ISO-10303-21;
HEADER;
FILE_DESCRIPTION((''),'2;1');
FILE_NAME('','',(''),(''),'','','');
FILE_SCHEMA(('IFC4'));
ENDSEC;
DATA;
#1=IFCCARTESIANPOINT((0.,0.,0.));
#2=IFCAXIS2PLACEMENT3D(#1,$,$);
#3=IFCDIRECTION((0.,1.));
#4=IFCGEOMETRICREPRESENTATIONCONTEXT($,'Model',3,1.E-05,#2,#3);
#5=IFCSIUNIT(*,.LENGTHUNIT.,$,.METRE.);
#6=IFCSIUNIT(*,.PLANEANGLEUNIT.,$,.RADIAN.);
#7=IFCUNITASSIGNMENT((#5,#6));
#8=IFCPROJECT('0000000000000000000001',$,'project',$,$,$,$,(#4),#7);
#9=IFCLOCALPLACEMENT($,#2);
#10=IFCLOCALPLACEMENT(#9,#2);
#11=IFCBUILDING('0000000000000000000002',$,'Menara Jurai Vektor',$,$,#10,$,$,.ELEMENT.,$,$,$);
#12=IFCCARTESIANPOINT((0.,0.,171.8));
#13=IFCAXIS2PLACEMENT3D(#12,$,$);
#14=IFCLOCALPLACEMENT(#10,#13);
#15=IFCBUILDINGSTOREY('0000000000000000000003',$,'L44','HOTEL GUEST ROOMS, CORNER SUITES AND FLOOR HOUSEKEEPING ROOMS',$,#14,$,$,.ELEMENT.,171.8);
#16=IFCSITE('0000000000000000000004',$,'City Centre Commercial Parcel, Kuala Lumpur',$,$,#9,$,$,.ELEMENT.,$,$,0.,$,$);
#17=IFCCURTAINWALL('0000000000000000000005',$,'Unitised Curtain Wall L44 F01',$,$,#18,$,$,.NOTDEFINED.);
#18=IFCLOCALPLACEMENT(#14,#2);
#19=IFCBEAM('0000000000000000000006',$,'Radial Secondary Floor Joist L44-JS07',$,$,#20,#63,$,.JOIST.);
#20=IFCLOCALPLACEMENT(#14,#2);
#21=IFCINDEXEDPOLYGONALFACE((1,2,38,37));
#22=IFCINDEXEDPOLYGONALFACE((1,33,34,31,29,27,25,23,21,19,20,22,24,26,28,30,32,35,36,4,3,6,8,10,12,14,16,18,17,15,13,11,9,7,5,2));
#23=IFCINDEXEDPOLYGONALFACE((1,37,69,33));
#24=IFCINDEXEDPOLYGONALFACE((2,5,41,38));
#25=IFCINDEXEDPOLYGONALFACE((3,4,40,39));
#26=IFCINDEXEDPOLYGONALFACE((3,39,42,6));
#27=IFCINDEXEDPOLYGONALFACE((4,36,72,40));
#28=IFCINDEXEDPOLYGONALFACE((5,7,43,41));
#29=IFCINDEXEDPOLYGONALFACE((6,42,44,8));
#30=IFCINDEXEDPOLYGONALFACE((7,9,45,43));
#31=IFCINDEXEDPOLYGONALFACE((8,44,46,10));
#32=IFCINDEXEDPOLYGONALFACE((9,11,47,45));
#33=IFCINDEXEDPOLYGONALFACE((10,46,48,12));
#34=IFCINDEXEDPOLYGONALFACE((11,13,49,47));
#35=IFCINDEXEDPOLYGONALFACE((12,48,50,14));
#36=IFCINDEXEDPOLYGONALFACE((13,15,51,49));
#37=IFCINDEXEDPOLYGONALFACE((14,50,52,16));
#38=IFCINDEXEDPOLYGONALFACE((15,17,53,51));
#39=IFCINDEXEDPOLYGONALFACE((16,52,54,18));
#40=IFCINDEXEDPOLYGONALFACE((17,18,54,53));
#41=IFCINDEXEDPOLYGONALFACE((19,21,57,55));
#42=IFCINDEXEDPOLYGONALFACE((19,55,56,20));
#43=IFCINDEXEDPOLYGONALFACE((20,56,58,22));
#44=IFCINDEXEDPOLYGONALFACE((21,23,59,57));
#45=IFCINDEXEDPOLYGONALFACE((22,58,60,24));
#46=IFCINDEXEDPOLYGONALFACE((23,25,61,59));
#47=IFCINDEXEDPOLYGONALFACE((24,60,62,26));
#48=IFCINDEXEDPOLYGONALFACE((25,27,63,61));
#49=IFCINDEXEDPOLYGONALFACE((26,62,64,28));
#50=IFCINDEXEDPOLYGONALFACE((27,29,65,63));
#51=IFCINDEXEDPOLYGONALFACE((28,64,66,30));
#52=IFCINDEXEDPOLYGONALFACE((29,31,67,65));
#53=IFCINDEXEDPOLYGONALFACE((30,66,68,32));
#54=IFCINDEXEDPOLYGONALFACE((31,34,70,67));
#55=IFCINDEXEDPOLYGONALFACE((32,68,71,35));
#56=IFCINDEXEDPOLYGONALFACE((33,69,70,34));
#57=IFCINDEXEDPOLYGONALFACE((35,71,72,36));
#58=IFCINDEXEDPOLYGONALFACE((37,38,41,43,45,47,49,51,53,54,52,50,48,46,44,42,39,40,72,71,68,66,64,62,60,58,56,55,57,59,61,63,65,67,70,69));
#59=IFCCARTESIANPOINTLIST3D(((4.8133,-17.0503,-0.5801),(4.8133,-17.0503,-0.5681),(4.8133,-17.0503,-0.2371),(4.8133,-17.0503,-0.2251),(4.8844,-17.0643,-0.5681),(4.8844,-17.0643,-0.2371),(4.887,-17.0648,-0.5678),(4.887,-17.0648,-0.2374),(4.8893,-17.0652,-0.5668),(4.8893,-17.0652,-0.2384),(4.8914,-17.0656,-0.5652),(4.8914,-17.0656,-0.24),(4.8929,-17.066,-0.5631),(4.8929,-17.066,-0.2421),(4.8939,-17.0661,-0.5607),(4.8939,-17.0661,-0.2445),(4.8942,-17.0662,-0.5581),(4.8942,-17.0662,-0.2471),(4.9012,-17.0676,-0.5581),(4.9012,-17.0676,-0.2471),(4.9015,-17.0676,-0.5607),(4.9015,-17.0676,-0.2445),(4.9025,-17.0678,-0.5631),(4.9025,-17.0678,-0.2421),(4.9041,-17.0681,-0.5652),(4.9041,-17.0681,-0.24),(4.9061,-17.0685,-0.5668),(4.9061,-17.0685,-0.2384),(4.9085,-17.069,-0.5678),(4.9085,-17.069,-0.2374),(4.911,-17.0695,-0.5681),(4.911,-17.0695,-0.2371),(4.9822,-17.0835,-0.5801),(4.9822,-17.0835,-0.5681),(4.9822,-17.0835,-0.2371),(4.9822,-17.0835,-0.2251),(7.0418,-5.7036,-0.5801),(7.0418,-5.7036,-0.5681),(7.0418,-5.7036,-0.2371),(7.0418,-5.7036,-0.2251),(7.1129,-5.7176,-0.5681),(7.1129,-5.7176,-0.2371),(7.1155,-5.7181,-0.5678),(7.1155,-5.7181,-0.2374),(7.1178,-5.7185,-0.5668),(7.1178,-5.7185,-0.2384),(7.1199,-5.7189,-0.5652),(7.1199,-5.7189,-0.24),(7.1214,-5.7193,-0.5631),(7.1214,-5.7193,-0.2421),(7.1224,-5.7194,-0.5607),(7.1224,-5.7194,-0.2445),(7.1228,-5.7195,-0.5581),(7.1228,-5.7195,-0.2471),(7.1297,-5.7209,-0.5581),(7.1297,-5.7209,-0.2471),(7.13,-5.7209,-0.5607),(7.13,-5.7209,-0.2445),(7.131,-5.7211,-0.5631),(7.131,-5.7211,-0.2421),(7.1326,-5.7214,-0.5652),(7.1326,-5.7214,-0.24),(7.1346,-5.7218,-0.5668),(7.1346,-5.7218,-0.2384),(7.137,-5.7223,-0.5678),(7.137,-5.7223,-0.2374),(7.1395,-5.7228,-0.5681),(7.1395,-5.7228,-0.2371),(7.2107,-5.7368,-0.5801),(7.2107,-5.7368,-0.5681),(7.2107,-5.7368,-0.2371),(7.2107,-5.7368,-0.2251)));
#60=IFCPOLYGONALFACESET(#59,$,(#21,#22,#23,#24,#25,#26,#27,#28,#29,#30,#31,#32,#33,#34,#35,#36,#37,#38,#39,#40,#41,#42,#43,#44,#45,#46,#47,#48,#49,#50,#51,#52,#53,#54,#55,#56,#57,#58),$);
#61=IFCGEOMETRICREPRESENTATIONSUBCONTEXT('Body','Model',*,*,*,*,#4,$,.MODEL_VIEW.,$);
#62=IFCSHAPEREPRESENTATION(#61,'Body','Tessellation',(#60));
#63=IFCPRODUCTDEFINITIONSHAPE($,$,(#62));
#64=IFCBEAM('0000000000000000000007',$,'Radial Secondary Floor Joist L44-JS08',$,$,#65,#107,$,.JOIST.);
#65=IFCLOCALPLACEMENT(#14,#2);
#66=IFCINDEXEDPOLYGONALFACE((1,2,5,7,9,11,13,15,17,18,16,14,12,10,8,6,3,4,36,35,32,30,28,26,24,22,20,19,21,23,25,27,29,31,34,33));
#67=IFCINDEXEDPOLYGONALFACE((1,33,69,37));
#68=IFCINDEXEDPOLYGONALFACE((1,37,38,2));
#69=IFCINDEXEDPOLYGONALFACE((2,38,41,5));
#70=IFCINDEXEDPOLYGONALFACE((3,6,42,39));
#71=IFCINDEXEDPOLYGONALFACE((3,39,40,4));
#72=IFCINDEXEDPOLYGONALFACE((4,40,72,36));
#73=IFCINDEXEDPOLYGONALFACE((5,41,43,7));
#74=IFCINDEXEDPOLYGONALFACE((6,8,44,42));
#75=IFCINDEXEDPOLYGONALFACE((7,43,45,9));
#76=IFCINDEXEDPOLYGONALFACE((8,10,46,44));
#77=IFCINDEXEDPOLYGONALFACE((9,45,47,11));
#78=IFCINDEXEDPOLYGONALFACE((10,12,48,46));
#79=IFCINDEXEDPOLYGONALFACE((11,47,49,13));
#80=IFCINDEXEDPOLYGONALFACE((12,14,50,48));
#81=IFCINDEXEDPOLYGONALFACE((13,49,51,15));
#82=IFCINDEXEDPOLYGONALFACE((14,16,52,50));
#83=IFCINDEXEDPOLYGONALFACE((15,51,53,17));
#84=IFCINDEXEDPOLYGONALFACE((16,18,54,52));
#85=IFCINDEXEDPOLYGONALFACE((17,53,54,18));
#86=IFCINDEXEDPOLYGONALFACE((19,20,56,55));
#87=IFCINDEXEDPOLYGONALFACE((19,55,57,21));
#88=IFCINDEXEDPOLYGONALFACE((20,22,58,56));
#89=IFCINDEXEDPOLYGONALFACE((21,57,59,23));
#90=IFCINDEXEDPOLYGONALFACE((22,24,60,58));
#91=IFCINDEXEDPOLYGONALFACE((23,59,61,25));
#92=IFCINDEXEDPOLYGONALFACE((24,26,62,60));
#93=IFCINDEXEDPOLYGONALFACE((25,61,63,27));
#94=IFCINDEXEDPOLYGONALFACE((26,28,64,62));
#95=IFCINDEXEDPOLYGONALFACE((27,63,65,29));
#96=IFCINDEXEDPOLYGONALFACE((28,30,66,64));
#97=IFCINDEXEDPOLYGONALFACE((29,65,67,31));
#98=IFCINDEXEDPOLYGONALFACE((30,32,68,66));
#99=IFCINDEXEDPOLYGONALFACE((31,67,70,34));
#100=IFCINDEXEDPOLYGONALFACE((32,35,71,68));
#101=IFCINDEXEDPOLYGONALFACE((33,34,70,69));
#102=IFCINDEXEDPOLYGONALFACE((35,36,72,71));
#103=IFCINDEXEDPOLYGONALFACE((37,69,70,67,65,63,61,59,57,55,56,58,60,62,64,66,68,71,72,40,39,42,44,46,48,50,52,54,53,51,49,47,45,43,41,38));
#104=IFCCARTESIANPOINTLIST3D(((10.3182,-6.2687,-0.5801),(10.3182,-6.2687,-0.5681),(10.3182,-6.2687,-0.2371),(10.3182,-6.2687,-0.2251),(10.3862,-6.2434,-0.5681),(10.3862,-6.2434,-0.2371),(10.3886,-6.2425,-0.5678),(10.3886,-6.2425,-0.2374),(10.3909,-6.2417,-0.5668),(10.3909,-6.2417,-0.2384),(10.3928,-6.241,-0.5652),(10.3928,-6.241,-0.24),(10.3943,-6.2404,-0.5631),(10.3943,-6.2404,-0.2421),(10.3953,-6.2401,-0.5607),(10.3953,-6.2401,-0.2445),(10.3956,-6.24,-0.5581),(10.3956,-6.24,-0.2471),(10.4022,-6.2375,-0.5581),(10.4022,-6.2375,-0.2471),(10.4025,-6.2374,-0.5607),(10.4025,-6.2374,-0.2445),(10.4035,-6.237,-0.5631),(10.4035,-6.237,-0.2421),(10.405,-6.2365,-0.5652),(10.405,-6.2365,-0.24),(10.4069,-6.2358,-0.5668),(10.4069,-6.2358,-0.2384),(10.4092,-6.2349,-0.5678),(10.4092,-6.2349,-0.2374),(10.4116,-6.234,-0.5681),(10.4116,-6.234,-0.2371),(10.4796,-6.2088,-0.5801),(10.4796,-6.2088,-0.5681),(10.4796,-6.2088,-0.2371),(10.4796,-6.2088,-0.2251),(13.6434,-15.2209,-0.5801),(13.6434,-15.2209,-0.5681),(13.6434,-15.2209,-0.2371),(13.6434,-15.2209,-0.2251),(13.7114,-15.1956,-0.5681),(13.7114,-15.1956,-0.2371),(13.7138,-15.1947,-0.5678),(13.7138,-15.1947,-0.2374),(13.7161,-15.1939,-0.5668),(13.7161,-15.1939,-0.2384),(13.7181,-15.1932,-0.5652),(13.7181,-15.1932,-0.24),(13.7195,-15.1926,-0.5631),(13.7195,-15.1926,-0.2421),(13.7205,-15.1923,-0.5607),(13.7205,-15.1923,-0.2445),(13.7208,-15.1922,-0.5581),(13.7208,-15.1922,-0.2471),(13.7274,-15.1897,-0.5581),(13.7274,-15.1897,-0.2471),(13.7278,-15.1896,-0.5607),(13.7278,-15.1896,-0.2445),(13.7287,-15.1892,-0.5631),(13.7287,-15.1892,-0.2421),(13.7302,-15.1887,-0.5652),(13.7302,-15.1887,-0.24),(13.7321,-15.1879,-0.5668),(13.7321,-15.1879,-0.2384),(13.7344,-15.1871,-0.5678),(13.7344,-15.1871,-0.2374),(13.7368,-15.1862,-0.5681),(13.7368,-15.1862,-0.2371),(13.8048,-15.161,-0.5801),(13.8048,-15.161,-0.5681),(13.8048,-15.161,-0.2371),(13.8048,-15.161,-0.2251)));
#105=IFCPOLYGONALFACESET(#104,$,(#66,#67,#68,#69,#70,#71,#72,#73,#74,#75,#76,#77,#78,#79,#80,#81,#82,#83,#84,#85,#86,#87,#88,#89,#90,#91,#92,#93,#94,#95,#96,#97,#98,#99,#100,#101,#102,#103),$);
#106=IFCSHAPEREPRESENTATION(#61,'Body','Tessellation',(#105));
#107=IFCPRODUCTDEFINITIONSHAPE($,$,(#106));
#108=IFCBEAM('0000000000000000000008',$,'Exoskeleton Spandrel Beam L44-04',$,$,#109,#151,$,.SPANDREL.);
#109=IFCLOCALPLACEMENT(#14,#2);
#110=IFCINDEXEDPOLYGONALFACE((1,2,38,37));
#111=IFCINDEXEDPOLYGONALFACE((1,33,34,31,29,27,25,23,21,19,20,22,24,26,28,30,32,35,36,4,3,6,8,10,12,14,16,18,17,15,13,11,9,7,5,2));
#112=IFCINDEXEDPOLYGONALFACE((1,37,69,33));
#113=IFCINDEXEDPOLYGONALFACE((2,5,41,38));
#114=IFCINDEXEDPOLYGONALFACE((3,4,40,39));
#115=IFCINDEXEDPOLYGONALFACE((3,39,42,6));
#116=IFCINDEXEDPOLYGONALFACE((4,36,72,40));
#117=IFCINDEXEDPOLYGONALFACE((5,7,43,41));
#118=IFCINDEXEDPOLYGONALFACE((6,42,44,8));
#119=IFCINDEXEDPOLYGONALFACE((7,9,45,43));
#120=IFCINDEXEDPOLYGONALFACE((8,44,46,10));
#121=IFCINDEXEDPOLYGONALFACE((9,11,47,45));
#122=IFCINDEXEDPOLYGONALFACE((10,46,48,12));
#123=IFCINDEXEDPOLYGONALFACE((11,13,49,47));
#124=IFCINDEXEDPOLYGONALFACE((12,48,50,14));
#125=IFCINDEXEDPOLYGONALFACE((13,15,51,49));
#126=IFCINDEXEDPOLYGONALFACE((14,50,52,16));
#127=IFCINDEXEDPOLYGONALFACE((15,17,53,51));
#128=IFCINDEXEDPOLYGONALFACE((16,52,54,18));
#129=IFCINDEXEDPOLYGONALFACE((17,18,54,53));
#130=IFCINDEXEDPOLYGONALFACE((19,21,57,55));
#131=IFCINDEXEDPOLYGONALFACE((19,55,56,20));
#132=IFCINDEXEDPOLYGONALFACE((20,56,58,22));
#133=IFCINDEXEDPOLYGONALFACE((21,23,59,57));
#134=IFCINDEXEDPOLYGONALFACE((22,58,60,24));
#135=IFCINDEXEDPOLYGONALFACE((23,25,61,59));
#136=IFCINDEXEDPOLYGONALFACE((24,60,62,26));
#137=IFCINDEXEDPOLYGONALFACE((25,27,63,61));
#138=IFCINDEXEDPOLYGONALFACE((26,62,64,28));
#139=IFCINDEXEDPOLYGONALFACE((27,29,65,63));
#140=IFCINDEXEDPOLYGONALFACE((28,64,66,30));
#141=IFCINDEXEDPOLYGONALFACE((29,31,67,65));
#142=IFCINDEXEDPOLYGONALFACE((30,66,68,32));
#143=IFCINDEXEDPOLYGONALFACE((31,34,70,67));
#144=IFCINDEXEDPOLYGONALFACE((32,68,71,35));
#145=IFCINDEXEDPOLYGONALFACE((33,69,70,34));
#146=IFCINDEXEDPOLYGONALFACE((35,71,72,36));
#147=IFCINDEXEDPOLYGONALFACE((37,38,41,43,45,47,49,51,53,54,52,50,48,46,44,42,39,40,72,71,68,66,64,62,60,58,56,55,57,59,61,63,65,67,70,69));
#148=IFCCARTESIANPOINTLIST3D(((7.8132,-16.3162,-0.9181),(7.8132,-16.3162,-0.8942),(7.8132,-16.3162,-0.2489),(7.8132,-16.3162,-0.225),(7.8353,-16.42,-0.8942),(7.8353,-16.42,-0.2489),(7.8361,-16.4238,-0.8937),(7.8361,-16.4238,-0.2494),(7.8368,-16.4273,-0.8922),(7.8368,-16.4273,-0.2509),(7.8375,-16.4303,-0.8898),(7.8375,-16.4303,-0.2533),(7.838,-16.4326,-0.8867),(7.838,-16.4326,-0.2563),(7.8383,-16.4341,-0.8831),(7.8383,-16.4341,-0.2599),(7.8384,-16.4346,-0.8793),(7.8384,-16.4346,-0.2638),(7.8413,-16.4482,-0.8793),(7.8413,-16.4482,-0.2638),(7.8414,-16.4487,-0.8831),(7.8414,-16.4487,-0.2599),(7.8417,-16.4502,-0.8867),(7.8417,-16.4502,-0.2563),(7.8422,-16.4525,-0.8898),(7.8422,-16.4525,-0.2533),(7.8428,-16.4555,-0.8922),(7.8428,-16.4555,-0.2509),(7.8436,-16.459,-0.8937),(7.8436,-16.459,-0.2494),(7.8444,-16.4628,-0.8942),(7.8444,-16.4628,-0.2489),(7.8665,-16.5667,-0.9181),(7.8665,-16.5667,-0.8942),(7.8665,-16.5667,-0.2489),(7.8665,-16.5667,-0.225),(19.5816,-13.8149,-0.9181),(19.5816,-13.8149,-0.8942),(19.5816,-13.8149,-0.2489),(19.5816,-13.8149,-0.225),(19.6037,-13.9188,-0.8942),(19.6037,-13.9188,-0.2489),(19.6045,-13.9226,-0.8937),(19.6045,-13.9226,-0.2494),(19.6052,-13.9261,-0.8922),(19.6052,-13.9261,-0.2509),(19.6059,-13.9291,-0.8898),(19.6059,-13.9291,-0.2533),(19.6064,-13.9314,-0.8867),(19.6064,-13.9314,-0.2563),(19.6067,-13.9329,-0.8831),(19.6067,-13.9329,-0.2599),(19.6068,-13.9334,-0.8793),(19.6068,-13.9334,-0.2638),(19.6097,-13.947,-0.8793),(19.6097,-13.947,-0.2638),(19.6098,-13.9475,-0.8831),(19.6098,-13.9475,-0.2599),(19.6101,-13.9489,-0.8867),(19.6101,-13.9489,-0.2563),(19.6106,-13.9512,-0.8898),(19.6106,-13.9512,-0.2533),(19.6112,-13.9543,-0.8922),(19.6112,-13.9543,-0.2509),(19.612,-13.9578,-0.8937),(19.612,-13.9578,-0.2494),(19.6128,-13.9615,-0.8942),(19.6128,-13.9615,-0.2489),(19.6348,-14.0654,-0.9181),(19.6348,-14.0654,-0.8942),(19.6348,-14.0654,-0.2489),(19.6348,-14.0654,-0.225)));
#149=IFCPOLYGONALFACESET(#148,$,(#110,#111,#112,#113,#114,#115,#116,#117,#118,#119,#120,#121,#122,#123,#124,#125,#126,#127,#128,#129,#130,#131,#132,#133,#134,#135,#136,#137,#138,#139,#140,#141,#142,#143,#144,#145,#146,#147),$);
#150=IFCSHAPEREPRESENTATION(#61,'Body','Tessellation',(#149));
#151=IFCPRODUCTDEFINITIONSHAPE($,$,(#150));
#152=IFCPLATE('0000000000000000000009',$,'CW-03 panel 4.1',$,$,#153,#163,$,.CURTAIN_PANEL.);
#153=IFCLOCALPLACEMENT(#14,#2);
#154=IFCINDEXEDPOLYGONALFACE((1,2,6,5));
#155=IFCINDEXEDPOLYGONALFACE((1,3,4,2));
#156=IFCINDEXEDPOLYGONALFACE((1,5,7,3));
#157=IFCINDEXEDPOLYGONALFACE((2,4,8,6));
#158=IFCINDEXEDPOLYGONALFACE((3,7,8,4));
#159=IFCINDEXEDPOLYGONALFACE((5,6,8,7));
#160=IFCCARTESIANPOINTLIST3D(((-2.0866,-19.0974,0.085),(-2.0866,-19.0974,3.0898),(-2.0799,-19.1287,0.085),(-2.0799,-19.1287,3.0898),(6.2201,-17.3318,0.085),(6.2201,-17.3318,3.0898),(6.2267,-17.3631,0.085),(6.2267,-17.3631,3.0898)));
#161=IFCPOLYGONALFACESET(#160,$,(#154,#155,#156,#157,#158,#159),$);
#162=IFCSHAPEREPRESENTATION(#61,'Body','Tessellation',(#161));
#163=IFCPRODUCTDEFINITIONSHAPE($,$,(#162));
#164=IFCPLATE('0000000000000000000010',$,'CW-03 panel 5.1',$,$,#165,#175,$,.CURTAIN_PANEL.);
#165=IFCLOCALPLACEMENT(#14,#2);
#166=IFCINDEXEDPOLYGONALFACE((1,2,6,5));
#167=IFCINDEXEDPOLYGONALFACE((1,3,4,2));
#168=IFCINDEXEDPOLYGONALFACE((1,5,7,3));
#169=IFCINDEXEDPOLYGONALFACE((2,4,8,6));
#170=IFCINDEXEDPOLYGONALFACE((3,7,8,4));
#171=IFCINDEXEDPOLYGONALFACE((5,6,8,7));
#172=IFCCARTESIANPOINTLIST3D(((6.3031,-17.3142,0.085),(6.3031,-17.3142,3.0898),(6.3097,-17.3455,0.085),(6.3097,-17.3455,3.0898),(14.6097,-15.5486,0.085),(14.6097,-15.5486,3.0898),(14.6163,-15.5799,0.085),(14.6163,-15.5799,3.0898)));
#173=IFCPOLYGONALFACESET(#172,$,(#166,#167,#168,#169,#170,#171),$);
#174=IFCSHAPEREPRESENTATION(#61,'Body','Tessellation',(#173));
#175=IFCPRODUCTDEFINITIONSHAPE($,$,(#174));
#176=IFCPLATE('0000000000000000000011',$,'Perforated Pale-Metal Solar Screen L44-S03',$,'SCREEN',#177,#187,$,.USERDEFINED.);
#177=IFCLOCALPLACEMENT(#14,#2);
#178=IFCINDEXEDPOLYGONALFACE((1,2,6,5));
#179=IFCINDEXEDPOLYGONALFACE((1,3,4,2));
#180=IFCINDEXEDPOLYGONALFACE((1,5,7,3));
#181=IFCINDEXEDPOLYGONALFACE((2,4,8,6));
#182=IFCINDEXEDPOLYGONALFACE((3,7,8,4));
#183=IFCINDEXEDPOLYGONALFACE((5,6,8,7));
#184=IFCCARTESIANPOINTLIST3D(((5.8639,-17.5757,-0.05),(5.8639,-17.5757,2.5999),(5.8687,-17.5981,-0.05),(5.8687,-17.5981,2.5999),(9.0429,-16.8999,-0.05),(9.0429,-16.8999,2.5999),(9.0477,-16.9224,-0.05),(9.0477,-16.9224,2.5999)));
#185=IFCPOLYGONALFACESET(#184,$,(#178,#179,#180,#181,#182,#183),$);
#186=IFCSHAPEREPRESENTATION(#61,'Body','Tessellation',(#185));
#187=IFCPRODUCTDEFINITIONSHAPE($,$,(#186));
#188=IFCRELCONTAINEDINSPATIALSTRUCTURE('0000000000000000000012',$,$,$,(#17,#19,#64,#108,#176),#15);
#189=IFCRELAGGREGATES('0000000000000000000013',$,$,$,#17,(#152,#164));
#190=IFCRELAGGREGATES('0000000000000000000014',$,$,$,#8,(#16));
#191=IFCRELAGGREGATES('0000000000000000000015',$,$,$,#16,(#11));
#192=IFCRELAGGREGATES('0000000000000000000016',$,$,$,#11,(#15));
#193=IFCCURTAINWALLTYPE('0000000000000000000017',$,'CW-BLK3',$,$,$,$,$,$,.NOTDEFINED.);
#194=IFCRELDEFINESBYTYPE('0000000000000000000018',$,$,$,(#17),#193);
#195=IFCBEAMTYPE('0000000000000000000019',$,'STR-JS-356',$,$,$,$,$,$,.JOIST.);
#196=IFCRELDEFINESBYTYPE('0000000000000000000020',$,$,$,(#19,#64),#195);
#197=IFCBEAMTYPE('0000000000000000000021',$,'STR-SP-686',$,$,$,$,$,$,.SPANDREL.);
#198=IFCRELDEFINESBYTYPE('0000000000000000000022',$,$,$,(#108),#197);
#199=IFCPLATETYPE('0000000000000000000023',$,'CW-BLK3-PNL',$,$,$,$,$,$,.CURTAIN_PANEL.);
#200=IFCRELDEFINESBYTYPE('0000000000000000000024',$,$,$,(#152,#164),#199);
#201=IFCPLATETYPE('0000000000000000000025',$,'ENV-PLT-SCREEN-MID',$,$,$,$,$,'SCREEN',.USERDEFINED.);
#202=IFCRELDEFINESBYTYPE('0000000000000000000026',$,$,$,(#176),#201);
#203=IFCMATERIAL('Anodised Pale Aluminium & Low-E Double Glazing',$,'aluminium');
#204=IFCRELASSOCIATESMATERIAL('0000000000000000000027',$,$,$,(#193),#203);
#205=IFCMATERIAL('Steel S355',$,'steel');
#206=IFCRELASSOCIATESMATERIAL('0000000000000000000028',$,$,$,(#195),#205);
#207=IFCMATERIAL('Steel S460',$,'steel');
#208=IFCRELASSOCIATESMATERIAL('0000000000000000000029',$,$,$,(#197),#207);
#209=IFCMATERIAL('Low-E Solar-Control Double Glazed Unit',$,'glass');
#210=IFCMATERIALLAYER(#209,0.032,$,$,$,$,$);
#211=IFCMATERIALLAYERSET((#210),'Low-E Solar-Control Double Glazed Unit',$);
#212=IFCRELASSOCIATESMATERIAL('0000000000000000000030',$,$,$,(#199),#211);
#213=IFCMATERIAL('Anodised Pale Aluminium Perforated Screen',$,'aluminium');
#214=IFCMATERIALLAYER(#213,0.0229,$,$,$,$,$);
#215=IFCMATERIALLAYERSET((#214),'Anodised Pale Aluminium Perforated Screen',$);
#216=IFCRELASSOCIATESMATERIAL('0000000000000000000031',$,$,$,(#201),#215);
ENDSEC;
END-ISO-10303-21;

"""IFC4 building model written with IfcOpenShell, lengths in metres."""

from ifc_helpers import new_model, si_unit, direction, frame, origin, origin_2d, place, context, subcontext, project, spatial, rectangle, i_section, extrude, material, layer, layer_set, material_profile, profile_set, type_object, element, aggregate, save


model = new_model("IFC4")

# Units and contexts
model_context = context("Model", 3, precision=1e-05, world=origin(), true_north=direction((0.0, 1.0)))
body_context = subcontext(model_context, "Body", "Model", "MODEL_VIEW")
ifc_project = project(units=[si_unit("LENGTHUNIT", "METRE"), si_unit("PLANEANGLEUNIT", "RADIAN")], contexts=[model_context])

# Site, building, storey
site_placement = place(None, origin())
site = spatial("IfcSite", under=ifc_project, at=site_placement, Name="City Centre Commercial Parcel, Kuala Lumpur", CompositionType="ELEMENT", RefElevation=0.0)
building_placement = place(site_placement, origin())
building = spatial("IfcBuilding", under=site, at=building_placement, Name="Menara Jurai Vektor", CompositionType="ELEMENT")
storey_placement = place(building_placement, frame((0.0, 0.0, 171.8)))
storey = spatial("IfcBuildingStorey", under=building, at=storey_placement, Name="L44", Description="HOTEL GUEST ROOMS, CORNER SUITES AND FLOOR HOUSEKEEPING ROOMS", CompositionType="ELEMENT", Elevation=171.8)

# Shared definitions
ifc_material_1 = material(Name="Steel S460", Category="steel")

# Curtain wall
ifc_material_2 = material(Name="Anodised Pale Aluminium & Low-E Double Glazing", Category="aluminium")
curtain_wall_type = type_object("IfcCurtainWallType", Name="CW-BLK3", PredefinedType="NOTDEFINED", material=ifc_material_2)
curtain_wall_placement = place(storey_placement, origin())
curtain_wall = element("IfcCurtainWall", 1, at=curtain_wall_placement, inside=storey, type_object=curtain_wall_type, Name="Unitised Curtain Wall L44 F01", PredefinedType="NOTDEFINED")

# Beams
ifc_material_3 = material(Name="Steel S355", Category="steel")
ifc_material_profile_1 = material_profile(ifc_material_3, i_section(OverallWidth=0.1721, OverallDepth=0.355, WebThickness=0.0071, FlangeThickness=0.012, FilletRadius=0.01, at=origin_2d()), Name="UKB 356x171x51")
ifc_profile_set_1 = profile_set([ifc_material_profile_1], Name="Steel S355")
beam_type_1 = type_object("IfcBeamType", Name="STR-JS-356", PredefinedType="JOIST", material=ifc_profile_set_1)
beam_1_placement = place(storey_placement, frame((4.8977, -17.0669, -0.4026), z_axis=(0.192721, 0.981254, 0.0), x_axis=(-0.981254, 0.192721, 0.0)))
element("IfcBeam", 2, at=beam_1_placement, inside=storey, type_object=beam_type_1, Name="Radial Secondary Floor Joist L44-JS07", PredefinedType="JOIST", context=body_context, shape_type="SweptSolid", body=[
    extrude(i_section(OverallWidth=0.1721, OverallDepth=0.355, WebThickness=0.0071, FlangeThickness=0.012, FilletRadius=0.01, at=origin_2d()), origin(), (0.0, 0.0, 1.0), 11.5635),
])
beam_2_placement = place(storey_placement, frame((13.7241, -15.1909, -0.4026), z_axis=(-0.348197, 0.937421, 0.0), x_axis=(-0.937421, -0.348197, 0.0)))
element("IfcBeam", 3, at=beam_2_placement, inside=storey, type_object=beam_type_1, Name="Radial Secondary Floor Joist L44-JS08", PredefinedType="JOIST", context=body_context, shape_type="SweptSolid", body=[
    extrude(i_section(OverallWidth=0.1721, OverallDepth=0.355, WebThickness=0.0071, FlangeThickness=0.012, FilletRadius=0.01, at=origin_2d()), origin(), (0.0, 0.0, 1.0), 9.5498),
])
ifc_material_profile_2 = material_profile(ifc_material_1, i_section(OverallWidth=0.2561, OverallDepth=0.6931, WebThickness=0.0139, FlangeThickness=0.0239, FilletRadius=0.0149, at=origin_2d()), Name="UKB 686x254x170")
ifc_profile_set_2 = profile_set([ifc_material_profile_2], Name="Steel S460")
beam_type_2 = type_object("IfcBeamType", Name="STR-SP-686", PredefinedType="SPANDREL", material=ifc_profile_set_2)
beam_3_placement = place(storey_placement, frame((7.8398, -16.4414, -0.5715), z_axis=(0.978151, 0.207895, 0.0), x_axis=(-0.207895, 0.978151, 0.0)))
element("IfcBeam", 4, at=beam_3_placement, inside=storey, type_object=beam_type_2, Name="Exoskeleton Spandrel Beam L44-04", PredefinedType="SPANDREL", context=body_context, shape_type="SweptSolid", body=[
    extrude(i_section(OverallWidth=0.2561, OverallDepth=0.6931, WebThickness=0.0139, FlangeThickness=0.0239, FilletRadius=0.0149, at=origin_2d()), origin(), (0.0, 0.0, 1.0), 12.0312),
])

# Plates
ifc_material_4 = material(Name="Low-E Solar-Control Double Glazed Unit", Category="glass")
ifc_layer_1 = layer(ifc_material_4, 0.032)
ifc_layer_set_1 = layer_set([ifc_layer_1], Name="Low-E Solar-Control Double Glazed Unit")
plate_type_1 = type_object("IfcPlateType", Name="CW-BLK3-PNL", PredefinedType="CURTAIN_PANEL", material=ifc_layer_set_1)
plate_1_placement = place(storey_placement, frame((2.0701, -18.2302, 0.085), z_axis=(0.0, 0.0, 1.0), x_axis=(0.978148, 0.207911, 0.0)))
plate_1 = element("IfcPlate", 5, at=plate_1_placement, type_object=plate_type_1, Name="CW-03 panel 4.1", PredefinedType="CURTAIN_PANEL", context=body_context, shape_type="SweptSolid", body=[
    extrude(rectangle(XDim=8.4922, YDim=0.032, at=origin_2d()), origin(), (0.0, 0.0, 1.0), 3.0049),
])
plate_2_placement = place(storey_placement, frame((10.4597, -16.447, 0.085), z_axis=(0.0, 0.0, 1.0), x_axis=(0.978148, 0.207911, 0.0)))
plate_2 = element("IfcPlate", 6, at=plate_2_placement, type_object=plate_type_1, Name="CW-03 panel 5.1", PredefinedType="CURTAIN_PANEL", context=body_context, shape_type="SweptSolid", body=[
    extrude(rectangle(XDim=8.4922, YDim=0.032, at=origin_2d()), origin(), (0.0, 0.0, 1.0), 3.0049),
])
aggregate(curtain_wall, [plate_1, plate_2])
ifc_material_5 = material(Name="Anodised Pale Aluminium Perforated Screen", Category="aluminium")
ifc_layer_2 = layer(ifc_material_5, 0.0229)
ifc_layer_set_2 = layer_set([ifc_layer_2], Name="Anodised Pale Aluminium Perforated Screen")
plate_type_2 = type_object("IfcPlateType", Name="ENV-PLT-SCREEN-MID", ElementType="SCREEN", PredefinedType="USERDEFINED", material=ifc_layer_set_2)
plate_3_placement = place(storey_placement, frame((7.4558, -17.249, -0.05), z_axis=(0.0, 0.0, 1.0), x_axis=(0.978148, 0.207912, 0.0)))
element("IfcPlate", 7, at=plate_3_placement, inside=storey, type_object=plate_type_2, Name="Perforated Pale-Metal Solar Screen L44-S03", ObjectType="SCREEN", PredefinedType="USERDEFINED", context=body_context, shape_type="SweptSolid", body=[
    extrude(rectangle(XDim=3.25, YDim=0.0229, at=origin_2d()), origin(), (0.0, 0.0, 1.0), 2.6499),
])

save(model, "model.ifc")
